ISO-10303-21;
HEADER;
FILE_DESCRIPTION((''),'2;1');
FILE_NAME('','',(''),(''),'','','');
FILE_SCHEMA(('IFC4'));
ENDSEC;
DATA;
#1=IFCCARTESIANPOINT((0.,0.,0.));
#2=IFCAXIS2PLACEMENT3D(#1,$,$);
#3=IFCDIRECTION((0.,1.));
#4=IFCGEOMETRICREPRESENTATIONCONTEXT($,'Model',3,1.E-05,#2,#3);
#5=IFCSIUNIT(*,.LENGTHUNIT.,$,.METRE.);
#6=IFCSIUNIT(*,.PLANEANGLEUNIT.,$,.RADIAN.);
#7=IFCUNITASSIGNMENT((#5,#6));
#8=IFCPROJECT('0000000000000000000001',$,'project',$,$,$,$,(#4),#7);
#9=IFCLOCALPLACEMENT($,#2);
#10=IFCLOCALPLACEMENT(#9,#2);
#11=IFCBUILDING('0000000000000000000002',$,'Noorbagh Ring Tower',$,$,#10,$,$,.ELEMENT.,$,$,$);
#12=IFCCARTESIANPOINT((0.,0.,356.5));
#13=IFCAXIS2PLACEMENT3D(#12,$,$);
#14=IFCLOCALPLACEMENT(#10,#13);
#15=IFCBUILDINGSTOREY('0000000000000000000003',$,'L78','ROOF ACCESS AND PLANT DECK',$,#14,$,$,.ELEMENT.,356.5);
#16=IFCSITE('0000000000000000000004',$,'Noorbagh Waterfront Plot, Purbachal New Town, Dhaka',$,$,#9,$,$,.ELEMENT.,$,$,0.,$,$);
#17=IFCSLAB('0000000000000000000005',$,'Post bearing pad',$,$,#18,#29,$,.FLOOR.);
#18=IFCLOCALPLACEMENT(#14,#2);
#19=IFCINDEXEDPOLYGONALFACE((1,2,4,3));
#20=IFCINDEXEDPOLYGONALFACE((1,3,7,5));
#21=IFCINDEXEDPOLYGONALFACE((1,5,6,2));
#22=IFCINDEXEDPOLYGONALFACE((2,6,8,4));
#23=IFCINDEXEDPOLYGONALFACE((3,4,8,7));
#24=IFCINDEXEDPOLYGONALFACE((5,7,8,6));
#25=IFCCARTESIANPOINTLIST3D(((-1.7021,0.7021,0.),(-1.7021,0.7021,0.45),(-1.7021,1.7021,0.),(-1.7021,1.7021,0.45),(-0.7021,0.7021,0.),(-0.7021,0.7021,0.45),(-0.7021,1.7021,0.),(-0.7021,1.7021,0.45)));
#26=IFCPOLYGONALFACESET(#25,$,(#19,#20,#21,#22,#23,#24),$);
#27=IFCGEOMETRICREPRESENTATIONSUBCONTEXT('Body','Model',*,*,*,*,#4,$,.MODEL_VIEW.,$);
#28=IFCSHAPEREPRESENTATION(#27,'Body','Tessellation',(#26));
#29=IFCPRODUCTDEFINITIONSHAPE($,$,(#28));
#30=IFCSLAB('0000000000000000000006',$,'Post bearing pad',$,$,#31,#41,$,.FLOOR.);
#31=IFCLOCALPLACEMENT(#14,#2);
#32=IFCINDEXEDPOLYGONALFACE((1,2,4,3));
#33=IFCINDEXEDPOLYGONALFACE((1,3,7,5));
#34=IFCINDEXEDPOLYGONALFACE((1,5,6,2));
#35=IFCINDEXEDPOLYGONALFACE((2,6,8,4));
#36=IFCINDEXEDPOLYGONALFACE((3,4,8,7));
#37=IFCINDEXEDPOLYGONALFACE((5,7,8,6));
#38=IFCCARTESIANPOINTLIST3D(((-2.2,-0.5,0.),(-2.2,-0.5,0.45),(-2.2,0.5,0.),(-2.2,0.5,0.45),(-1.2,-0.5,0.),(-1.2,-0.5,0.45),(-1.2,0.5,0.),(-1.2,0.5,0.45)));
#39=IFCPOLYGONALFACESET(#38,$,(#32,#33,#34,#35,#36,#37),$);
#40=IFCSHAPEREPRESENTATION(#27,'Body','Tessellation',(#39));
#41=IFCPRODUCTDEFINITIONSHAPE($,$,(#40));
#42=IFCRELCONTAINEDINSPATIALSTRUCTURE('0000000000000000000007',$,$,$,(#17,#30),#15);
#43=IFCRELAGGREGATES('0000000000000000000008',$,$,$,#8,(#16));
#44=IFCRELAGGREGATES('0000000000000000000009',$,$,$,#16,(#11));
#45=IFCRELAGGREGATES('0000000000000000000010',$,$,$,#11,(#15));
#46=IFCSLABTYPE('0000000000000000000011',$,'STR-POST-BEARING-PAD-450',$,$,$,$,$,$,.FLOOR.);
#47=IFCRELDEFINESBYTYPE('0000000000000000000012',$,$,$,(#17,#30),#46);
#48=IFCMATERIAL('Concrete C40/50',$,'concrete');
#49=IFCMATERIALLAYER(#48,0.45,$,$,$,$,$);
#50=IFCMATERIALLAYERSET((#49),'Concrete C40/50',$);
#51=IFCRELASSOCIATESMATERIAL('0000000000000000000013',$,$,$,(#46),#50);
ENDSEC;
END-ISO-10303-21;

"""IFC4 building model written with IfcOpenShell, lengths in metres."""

from ifc_helpers import new_model, si_unit, direction, frame, origin, origin_2d, place, context, subcontext, project, spatial, rectangle, extrude, material, layer, layer_set, type_object, element, save


model = new_model("IFC4")

# Units and contexts
model_context = context("Model", 3, precision=1e-05, world=origin(), true_north=direction((0.0, 1.0)))
body_context = subcontext(model_context, "Body", "Model", "MODEL_VIEW")
ifc_project = project(units=[si_unit("LENGTHUNIT", "METRE"), si_unit("PLANEANGLEUNIT", "RADIAN")], contexts=[model_context])

# Site, building, storey
site_placement = place(None, origin())
site = spatial("IfcSite", under=ifc_project, at=site_placement, Name="Noorbagh Waterfront Plot, Purbachal New Town, Dhaka", CompositionType="ELEMENT", RefElevation=0.0)
building_placement = place(site_placement, origin())
building = spatial("IfcBuilding", under=site, at=building_placement, Name="Noorbagh Ring Tower", CompositionType="ELEMENT")
storey_placement = place(building_placement, frame((0.0, 0.0, 356.5)))
storey = spatial("IfcBuildingStorey", under=building, at=storey_placement, Name="L78", Description="ROOF ACCESS AND PLANT DECK", CompositionType="ELEMENT", Elevation=356.5)

# Slabs
ifc_material_1 = material(Name="Concrete C40/50", Category="concrete")
ifc_layer_1 = layer(ifc_material_1, 0.45)
ifc_layer_set_1 = layer_set([ifc_layer_1], Name="Concrete C40/50")
slab_type_1 = type_object("IfcSlabType", Name="STR-POST-BEARING-PAD-450", PredefinedType="FLOOR", material=ifc_layer_set_1)
for number, where, z_axis, x_axis, name in (
    (1, (-1.2021, 1.2021, 0.0), (0.0, 0.0, 1.0), (1.0, 0.0, 0.0), "Post bearing pad"),
    (2, (-1.7, 0.0, 0.0), (0.0, 0.0, 1.0), (1.0, 0.0, 0.0), "Post bearing pad"),
):
    element("IfcSlab", number, at=place(storey_placement, frame(where, z_axis=z_axis, x_axis=x_axis)), inside=storey, type_object=slab_type_1, Name=name, PredefinedType="FLOOR", context=body_context, shape_type="SweptSolid", body=[
        extrude(rectangle(XDim=1.0, YDim=1.0, at=origin_2d()), origin(), (0.0, 0.0, 1.0), 0.45),
    ])

save(model, "model.ifc")
